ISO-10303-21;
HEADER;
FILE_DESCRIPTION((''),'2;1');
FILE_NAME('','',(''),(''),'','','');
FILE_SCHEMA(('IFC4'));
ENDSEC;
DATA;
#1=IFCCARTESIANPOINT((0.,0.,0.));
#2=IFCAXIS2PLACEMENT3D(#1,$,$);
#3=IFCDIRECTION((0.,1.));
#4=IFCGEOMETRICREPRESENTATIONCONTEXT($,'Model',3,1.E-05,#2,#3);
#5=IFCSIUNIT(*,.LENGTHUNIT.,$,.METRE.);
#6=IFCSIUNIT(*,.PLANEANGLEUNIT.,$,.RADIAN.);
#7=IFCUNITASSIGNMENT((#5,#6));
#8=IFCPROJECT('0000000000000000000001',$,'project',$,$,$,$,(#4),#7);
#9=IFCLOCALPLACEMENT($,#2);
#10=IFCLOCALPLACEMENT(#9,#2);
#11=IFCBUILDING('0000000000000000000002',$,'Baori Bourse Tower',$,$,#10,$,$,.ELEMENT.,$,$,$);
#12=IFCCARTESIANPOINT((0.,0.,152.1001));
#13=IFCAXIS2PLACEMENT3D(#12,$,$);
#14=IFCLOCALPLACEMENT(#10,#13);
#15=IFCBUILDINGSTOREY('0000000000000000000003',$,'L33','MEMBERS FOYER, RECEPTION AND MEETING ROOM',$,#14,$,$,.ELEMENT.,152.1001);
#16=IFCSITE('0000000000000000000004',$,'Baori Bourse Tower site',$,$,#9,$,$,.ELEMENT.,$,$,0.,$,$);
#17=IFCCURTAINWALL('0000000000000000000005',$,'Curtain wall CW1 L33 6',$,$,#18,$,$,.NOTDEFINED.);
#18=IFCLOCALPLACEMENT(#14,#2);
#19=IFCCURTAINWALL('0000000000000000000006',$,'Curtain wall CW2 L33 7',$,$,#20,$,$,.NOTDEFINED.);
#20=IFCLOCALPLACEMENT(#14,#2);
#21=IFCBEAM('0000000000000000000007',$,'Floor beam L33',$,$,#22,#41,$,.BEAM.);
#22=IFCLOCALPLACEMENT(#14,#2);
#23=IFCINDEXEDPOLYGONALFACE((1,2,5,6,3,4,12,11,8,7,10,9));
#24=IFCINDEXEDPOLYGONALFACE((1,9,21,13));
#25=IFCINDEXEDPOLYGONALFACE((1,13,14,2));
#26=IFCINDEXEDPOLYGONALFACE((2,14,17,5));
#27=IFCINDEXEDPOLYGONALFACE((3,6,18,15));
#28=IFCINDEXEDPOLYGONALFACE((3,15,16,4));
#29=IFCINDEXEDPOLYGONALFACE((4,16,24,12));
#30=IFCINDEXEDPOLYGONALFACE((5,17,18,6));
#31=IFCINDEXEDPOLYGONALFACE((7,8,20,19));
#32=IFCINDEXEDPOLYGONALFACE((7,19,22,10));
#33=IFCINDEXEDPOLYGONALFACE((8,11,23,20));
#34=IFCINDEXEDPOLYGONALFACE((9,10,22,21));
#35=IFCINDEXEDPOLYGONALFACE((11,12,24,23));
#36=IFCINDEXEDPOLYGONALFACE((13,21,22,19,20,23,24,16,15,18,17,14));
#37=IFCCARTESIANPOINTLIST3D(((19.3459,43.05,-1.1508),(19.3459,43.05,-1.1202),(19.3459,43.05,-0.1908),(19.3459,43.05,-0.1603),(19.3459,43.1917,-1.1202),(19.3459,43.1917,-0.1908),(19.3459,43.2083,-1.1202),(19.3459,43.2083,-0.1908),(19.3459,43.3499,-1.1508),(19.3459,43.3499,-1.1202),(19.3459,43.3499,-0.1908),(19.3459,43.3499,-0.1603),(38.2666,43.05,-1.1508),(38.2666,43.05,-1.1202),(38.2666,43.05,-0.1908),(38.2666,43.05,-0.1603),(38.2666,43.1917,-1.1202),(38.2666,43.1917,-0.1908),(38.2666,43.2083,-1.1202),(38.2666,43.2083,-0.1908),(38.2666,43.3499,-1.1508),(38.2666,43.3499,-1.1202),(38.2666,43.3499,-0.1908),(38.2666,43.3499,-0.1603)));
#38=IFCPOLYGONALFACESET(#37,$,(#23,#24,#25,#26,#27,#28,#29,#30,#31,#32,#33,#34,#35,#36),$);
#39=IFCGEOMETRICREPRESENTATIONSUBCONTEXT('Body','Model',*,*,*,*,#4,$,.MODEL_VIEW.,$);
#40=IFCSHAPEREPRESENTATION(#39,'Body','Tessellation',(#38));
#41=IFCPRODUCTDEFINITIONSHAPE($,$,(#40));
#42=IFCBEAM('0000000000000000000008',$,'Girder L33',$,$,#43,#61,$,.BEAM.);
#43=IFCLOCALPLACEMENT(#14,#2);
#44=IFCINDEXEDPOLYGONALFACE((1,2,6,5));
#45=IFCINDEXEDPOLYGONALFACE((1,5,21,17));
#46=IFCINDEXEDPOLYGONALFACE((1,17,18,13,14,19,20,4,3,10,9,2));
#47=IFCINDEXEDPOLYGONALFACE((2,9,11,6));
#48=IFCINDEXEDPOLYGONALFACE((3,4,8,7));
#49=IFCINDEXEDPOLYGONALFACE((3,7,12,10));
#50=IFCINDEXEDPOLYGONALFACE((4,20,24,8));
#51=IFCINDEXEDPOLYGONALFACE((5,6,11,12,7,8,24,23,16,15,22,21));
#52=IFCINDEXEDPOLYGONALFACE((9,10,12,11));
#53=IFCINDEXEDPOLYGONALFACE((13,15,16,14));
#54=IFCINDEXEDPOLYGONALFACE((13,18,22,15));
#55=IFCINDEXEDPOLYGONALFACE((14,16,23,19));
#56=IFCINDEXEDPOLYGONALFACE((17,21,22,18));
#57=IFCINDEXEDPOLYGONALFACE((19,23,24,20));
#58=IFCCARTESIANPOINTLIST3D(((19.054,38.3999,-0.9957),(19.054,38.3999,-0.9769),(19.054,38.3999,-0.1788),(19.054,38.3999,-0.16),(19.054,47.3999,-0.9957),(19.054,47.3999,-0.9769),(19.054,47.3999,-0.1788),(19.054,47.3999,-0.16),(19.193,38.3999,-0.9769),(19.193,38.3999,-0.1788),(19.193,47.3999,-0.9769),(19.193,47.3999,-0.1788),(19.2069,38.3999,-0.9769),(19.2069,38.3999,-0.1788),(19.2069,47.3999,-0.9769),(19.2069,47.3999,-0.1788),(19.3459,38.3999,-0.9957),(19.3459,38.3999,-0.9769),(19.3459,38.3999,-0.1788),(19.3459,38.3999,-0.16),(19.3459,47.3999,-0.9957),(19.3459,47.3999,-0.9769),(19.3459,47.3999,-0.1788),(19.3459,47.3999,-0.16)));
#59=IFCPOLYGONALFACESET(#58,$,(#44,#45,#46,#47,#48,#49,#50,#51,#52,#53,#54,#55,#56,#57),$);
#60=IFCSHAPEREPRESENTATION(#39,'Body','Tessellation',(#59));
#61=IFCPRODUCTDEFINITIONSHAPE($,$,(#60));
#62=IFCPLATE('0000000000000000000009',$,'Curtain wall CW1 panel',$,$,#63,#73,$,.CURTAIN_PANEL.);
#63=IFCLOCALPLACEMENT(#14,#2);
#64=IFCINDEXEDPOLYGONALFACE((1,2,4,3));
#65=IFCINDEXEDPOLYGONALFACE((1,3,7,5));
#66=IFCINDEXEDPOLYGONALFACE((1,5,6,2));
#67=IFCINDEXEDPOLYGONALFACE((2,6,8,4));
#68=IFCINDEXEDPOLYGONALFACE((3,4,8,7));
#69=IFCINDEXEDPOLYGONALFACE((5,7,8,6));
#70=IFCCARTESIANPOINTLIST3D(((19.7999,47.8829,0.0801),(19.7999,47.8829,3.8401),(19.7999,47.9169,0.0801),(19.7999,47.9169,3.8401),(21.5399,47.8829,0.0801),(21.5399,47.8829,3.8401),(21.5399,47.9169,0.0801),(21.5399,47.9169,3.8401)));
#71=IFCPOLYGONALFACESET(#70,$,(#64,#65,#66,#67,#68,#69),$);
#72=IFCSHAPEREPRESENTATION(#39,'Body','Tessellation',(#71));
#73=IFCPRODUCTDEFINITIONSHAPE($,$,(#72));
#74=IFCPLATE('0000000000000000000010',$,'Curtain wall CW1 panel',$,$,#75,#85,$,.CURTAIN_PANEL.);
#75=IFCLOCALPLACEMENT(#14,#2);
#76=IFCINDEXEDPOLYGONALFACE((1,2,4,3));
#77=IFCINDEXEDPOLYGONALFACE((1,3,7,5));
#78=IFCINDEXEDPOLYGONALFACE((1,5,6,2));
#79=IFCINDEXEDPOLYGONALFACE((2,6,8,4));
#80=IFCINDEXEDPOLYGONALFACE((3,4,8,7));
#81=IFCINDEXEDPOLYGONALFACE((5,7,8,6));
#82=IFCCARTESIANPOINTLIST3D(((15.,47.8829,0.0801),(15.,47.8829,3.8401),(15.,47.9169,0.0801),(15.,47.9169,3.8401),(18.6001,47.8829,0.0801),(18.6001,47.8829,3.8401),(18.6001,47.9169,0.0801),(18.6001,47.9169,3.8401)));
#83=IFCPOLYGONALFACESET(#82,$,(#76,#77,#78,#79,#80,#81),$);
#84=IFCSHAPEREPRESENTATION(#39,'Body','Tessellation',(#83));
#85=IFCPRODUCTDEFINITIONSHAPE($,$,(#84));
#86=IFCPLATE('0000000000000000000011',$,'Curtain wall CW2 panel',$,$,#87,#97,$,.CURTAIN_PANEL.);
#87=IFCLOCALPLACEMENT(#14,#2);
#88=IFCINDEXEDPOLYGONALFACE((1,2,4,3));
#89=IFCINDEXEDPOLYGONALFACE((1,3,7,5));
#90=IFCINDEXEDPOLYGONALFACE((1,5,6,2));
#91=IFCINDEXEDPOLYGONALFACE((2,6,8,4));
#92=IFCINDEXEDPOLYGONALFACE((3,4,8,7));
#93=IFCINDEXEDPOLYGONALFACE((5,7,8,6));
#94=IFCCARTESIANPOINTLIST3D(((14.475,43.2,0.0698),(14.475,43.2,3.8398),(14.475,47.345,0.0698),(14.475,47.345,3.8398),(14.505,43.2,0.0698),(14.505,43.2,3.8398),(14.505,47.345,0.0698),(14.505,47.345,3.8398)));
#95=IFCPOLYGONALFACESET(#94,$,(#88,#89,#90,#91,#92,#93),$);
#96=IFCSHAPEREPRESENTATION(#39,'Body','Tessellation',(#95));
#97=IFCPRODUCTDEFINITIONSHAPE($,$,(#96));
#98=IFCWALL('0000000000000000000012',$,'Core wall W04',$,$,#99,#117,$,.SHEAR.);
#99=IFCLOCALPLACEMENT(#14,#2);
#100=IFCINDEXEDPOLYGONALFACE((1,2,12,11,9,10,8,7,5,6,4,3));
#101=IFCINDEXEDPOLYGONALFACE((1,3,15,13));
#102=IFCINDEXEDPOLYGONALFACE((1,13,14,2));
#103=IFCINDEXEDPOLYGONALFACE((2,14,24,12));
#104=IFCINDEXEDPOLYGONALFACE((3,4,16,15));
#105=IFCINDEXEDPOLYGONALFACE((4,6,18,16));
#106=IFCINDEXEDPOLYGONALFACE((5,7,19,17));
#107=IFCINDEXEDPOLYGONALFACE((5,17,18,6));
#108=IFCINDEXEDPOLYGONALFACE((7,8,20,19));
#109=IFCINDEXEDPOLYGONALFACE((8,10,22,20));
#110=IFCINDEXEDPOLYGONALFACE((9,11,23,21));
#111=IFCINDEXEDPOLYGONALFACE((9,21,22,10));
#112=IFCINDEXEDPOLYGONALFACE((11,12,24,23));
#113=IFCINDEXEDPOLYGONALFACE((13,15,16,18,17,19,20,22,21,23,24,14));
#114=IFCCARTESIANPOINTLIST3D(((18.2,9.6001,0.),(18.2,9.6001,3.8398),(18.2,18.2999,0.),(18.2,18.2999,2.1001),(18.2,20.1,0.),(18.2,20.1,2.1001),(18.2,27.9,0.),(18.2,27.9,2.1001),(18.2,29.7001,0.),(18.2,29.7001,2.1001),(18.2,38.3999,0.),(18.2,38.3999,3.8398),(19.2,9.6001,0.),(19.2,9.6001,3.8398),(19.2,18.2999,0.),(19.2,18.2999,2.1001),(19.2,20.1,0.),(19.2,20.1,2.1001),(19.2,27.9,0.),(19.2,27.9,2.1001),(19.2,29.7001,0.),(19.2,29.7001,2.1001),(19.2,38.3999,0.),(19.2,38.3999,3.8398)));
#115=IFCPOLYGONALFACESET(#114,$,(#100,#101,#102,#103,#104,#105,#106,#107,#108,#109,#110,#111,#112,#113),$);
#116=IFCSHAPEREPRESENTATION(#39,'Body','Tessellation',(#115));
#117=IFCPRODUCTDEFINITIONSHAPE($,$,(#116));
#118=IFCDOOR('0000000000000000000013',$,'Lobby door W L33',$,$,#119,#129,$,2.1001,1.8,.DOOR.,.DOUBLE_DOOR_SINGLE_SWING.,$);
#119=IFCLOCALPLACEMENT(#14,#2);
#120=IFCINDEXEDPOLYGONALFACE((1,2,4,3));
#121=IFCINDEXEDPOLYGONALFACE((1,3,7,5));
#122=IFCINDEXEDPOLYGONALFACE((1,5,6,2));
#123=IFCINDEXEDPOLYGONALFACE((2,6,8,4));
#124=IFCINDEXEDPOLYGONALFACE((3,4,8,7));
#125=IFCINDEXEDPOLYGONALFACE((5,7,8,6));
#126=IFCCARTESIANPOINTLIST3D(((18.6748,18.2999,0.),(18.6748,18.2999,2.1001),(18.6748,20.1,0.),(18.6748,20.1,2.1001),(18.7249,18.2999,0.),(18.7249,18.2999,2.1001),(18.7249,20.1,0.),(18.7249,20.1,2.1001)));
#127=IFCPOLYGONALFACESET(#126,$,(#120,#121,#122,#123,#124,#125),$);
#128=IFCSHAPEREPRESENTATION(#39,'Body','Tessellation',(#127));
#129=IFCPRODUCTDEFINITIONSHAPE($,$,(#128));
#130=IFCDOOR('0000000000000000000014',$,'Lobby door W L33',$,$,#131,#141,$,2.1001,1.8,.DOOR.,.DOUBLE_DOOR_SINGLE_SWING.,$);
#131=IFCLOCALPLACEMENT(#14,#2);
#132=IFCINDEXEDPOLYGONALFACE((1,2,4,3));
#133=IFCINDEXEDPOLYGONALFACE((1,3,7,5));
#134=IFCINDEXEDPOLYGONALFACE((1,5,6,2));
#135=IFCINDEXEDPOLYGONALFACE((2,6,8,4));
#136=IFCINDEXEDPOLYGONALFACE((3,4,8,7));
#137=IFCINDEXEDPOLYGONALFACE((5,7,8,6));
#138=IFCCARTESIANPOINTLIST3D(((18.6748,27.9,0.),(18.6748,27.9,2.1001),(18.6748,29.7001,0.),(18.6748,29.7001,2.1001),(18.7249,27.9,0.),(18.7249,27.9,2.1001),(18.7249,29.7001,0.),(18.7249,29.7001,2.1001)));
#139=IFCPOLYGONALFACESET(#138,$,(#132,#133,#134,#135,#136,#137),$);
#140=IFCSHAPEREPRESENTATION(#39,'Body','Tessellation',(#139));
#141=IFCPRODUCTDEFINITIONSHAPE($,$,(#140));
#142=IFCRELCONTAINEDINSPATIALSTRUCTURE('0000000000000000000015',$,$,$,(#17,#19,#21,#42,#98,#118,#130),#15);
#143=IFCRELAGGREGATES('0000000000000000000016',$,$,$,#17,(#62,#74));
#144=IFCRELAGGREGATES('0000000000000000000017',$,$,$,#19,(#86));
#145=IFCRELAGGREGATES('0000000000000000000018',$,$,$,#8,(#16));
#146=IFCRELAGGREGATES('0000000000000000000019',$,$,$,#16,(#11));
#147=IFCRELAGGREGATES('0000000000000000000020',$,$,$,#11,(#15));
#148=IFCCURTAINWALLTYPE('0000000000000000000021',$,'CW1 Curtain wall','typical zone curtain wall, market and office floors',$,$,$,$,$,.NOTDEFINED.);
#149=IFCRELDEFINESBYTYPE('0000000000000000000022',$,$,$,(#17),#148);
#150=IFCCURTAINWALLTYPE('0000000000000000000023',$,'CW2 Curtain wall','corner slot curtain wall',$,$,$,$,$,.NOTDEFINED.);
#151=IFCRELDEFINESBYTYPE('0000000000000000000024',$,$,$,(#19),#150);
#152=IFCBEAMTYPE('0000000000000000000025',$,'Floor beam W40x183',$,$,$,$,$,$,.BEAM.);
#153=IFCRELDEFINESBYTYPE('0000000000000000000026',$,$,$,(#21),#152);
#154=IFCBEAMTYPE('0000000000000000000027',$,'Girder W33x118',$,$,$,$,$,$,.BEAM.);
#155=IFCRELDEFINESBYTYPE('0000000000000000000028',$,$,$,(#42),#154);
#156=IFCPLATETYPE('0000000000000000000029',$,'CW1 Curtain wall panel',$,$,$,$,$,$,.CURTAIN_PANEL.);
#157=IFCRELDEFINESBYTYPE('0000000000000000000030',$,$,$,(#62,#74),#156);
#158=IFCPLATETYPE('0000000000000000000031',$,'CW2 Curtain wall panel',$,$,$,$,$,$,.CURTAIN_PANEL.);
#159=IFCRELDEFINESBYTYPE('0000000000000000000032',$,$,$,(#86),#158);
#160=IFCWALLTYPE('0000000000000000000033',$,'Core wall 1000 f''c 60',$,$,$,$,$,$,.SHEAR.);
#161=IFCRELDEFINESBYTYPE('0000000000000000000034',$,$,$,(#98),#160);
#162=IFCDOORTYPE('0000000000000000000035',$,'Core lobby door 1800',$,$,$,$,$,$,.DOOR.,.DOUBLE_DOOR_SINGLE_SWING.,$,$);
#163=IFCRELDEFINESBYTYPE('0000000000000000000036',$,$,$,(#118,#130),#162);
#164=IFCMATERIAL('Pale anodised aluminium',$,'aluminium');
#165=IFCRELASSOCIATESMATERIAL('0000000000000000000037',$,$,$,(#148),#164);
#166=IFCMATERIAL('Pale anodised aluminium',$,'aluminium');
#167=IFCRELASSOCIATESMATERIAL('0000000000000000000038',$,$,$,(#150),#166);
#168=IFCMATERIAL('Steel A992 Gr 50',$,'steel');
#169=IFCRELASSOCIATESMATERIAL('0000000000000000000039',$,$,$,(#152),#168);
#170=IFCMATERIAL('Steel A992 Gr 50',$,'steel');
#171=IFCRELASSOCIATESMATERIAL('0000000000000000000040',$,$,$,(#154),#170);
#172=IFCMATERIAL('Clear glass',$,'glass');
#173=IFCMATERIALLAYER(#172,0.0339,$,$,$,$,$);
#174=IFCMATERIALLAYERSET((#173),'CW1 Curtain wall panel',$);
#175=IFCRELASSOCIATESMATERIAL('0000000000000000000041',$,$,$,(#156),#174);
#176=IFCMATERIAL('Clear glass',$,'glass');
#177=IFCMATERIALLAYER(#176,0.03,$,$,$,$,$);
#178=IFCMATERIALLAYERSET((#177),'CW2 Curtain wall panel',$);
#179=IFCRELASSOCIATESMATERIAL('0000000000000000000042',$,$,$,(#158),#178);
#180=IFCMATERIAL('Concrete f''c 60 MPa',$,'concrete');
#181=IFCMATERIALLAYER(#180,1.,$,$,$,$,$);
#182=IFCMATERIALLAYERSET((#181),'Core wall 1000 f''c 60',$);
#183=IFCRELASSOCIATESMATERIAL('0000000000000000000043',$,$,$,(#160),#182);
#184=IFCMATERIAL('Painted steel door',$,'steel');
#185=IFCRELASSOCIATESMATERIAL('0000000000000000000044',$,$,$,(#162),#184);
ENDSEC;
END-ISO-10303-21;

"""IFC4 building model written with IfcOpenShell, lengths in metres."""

from ifc_helpers import new_model, si_unit, direction, frame, frame_2d, origin, origin_2d, place, context, subcontext, project, spatial, rectangle, i_section, extrude, material, layer, layer_set, material_profile, profile_set, type_object, element, fill, aggregate, save


model = new_model("IFC4")

# Units and contexts
model_context = context("Model", 3, precision=1e-05, world=origin(), true_north=direction((0.0, 1.0)))
body_context = subcontext(model_context, "Body", "Model", "MODEL_VIEW")
ifc_project = project(units=[si_unit("LENGTHUNIT", "METRE"), si_unit("PLANEANGLEUNIT", "RADIAN")], contexts=[model_context])

# Site, building, storey
site_placement = place(None, origin())
site = spatial("IfcSite", under=ifc_project, at=site_placement, Name="Baori Bourse Tower site", CompositionType="ELEMENT", RefElevation=0.0)
building_placement = place(site_placement, origin())
building = spatial("IfcBuilding", under=site, at=building_placement, Name="Baori Bourse Tower", CompositionType="ELEMENT")
storey_placement = place(building_placement, frame((0.0, 0.0, 152.1001)))
storey = spatial("IfcBuildingStorey", under=building, at=storey_placement, Name="L33", Description="MEMBERS FOYER, RECEPTION AND MEETING ROOM", CompositionType="ELEMENT", Elevation=152.1001)

# Curtain walls
ifc_material_1 = material(Name="Pale anodised aluminium", Category="aluminium")
curtain_wall_type_1 = type_object("IfcCurtainWallType", Name="CW1 Curtain wall", Description="typical zone curtain wall, market and office floors", PredefinedType="NOTDEFINED", material=ifc_material_1)
curtain_wall_1_placement = place(storey_placement, origin())
curtain_wall_1 = element("IfcCurtainWall", 1, at=curtain_wall_1_placement, inside=storey, type_object=curtain_wall_type_1, Name="Curtain wall CW1 L33 6", PredefinedType="NOTDEFINED")
ifc_material_2 = material(Name="Pale anodised aluminium", Category="aluminium")
curtain_wall_type_2 = type_object("IfcCurtainWallType", Name="CW2 Curtain wall", Description="corner slot curtain wall", PredefinedType="NOTDEFINED", material=ifc_material_2)
curtain_wall_2_placement = place(storey_placement, origin())
curtain_wall_2 = element("IfcCurtainWall", 2, at=curtain_wall_2_placement, inside=storey, type_object=curtain_wall_type_2, Name="Curtain wall CW2 L33 7", PredefinedType="NOTDEFINED")

# Beams
ifc_material_3 = material(Name="Steel A992 Gr 50", Category="steel")
ifc_material_profile_1 = material_profile(ifc_material_3, i_section(OverallWidth=0.2998, OverallDepth=0.9905, WebThickness=0.0166, FlangeThickness=0.0305, at=origin_2d()), Name="W40x183")
ifc_profile_set_1 = profile_set([ifc_material_profile_1], Name="Steel A992 Gr 50")
beam_type_1 = type_object("IfcBeamType", Name="Floor beam W40x183", PredefinedType="BEAM", material=ifc_profile_set_1)
beam_1_placement = place(storey_placement, frame((19.3459, 43.2, -0.6555), z_axis=(1.0, 0.0, 0.0), x_axis=(0.0, 1.0, 0.0)))
element("IfcBeam", 3, at=beam_1_placement, inside=storey, type_object=beam_type_1, Name="Floor beam L33", PredefinedType="BEAM", context=body_context, shape_type="SweptSolid", body=[
    extrude(i_section(OverallWidth=0.2998, OverallDepth=0.9905, WebThickness=0.0166, FlangeThickness=0.0305, at=origin_2d()), origin(), (0.0, 0.0, 1.0), 18.9207),
])
ifc_material_4 = material(Name="Steel A992 Gr 50", Category="steel")
ifc_material_profile_2 = material_profile(ifc_material_4, i_section(OverallWidth=0.292, OverallDepth=0.8357, WebThickness=0.0139, FlangeThickness=0.0188, at=origin_2d()), Name="W33x118")
ifc_profile_set_2 = profile_set([ifc_material_profile_2], Name="Steel A992 Gr 50")
beam_type_2 = type_object("IfcBeamType", Name="Girder W33x118", PredefinedType="BEAM", material=ifc_profile_set_2)
beam_2_placement = place(storey_placement, frame((19.2, 38.3999, -0.5779), z_axis=(0.0, 1.0, 0.0), x_axis=(-1.0, 0.0, 0.0)))
element("IfcBeam", 4, at=beam_2_placement, inside=storey, type_object=beam_type_2, Name="Girder L33", PredefinedType="BEAM", context=body_context, shape_type="SweptSolid", body=[
    extrude(i_section(OverallWidth=0.292, OverallDepth=0.8357, WebThickness=0.0139, FlangeThickness=0.0188, at=origin_2d()), origin(), (0.0, 0.0, 1.0), 9.0),
])

# Plates
ifc_material_5 = material(Name="Clear glass", Category="glass")
ifc_layer_1 = layer(ifc_material_5, 0.0339)
ifc_layer_set_1 = layer_set([ifc_layer_1], Name="CW1 Curtain wall panel")
plate_type_1 = type_object("IfcPlateType", Name="CW1 Curtain wall panel", PredefinedType="CURTAIN_PANEL", material=ifc_layer_set_1)
plate_1_placement = place(storey_placement, frame((20.6699, 47.8999, 0.0801), z_axis=(0.0, 0.0, 1.0), x_axis=(-1.0, 0.0, 0.0)))
plate_1 = element("IfcPlate", 5, at=plate_1_placement, type_object=plate_type_1, Name="Curtain wall CW1 panel", PredefinedType="CURTAIN_PANEL", context=body_context, shape_type="SweptSolid", body=[
    extrude(rectangle(XDim=1.74, YDim=0.0339, at=origin_2d()), origin(), (0.0, 0.0, 1.0), 3.76),
])
plate_2_placement = place(storey_placement, frame((16.8, 47.8999, 0.0801), z_axis=(0.0, 0.0, 1.0), x_axis=(-1.0, 0.0, 0.0)))
plate_2 = element("IfcPlate", 6, at=plate_2_placement, type_object=plate_type_1, Name="Curtain wall CW1 panel", PredefinedType="CURTAIN_PANEL", context=body_context, shape_type="SweptSolid", body=[
    extrude(rectangle(XDim=3.6001, YDim=0.0339, at=origin_2d()), origin(), (0.0, 0.0, 1.0), 3.76),
])
aggregate(curtain_wall_1, [plate_1, plate_2])
ifc_material_6 = material(Name="Clear glass", Category="glass")
ifc_layer_2 = layer(ifc_material_6, 0.03)
ifc_layer_set_2 = layer_set([ifc_layer_2], Name="CW2 Curtain wall panel")
plate_type_2 = type_object("IfcPlateType", Name="CW2 Curtain wall panel", PredefinedType="CURTAIN_PANEL", material=ifc_layer_set_2)
plate_3_placement = place(storey_placement, frame((14.49, 45.2725, 0.0698), z_axis=(0.0, 0.0, 1.0), x_axis=(0.0, -1.0, 0.0)))
plate_3 = element("IfcPlate", 7, at=plate_3_placement, type_object=plate_type_2, Name="Curtain wall CW2 panel", PredefinedType="CURTAIN_PANEL", context=body_context, shape_type="SweptSolid", body=[
    extrude(rectangle(XDim=4.145, YDim=0.03, at=origin_2d()), origin(), (0.0, 0.0, 1.0), 3.77),
])
aggregate(curtain_wall_2, [plate_3])

# Wall, openings, doors
ifc_material_7 = material(Name="Concrete f'c 60 MPa", Category="concrete")
ifc_layer_3 = layer(ifc_material_7, 1.0)
ifc_layer_set_3 = layer_set([ifc_layer_3], Name="Core wall 1000 f'c 60")
wall_type_1 = type_object("IfcWallType", Name="Core wall 1000 f'c 60", PredefinedType="SHEAR", material=ifc_layer_set_3)
wall_1_placement = place(storey_placement, frame((18.7, 38.3999, 0.0), z_axis=(0.0, 0.0, 1.0), x_axis=(0.0, -1.0, 0.0)))
wall_1 = element("IfcWall", 8, at=wall_1_placement, inside=storey, type_object=wall_type_1, Name="Core wall W04", PredefinedType="SHEAR", context=body_context, shape_type="SweptSolid", body=[
    extrude(rectangle(XDim=28.7998, YDim=1.0, at=frame_2d((14.3999, 0.0))), origin(), (0.0, 0.0, 1.0), 3.8398),
])
opening_1_placement = place(wall_1_placement, frame((18.3, 0.0, 0.0)))
opening_1 = element("IfcOpeningElement", 9, at=opening_1_placement, cuts=wall_1, PredefinedType="OPENING", context=body_context, shape_type="SweptSolid", body=[
    extrude(rectangle(XDim=1.8, YDim=2.1001, at=frame_2d((0.8999, 1.05))), frame((0.0, 0.51, 0.0), z_axis=(0.0, -1.0, 0.0), x_axis=(1.0, 0.0, 0.0)), (0.0, 0.0, 1.0), 1.02),
])
opening_2_placement = place(wall_1_placement, frame((8.7, 0.0, 0.0)))
opening_2 = element("IfcOpeningElement", 10, at=opening_2_placement, cuts=wall_1, PredefinedType="OPENING", context=body_context, shape_type="SweptSolid", body=[
    extrude(rectangle(XDim=1.8, YDim=2.1001, at=frame_2d((0.8999, 1.05))), frame((0.0, 0.51, 0.0), z_axis=(0.0, -1.0, 0.0), x_axis=(1.0, 0.0, 0.0)), (0.0, 0.0, 1.0), 1.02),
])
ifc_material_8 = material(Name="Painted steel door", Category="steel")
door_type_1 = type_object("IfcDoorType", Name="Core lobby door 1800", OperationType="DOUBLE_DOOR_SINGLE_SWING", PredefinedType="DOOR", material=ifc_material_8)
door_1_placement = place(opening_1_placement, origin())
door_1 = element("IfcDoor", 11, at=door_1_placement, inside=storey, type_object=door_type_1, Name="Lobby door W L33", OperationType="DOUBLE_DOOR_SINGLE_SWING", OverallHeight=2.1001, OverallWidth=1.8, PredefinedType="DOOR", context=body_context, shape_type="SweptSolid", body=[
    extrude(rectangle(XDim=1.8, YDim=2.1001, at=frame_2d((0.8999, 1.05))), frame((0.0, 0.0249, 0.0), z_axis=(0.0, -1.0, 0.0), x_axis=(1.0, 0.0, 0.0)), (0.0, 0.0, 1.0), 0.05),
])
fill(opening_1, door_1)
door_2_placement = place(opening_2_placement, origin())
door_2 = element("IfcDoor", 12, at=door_2_placement, inside=storey, type_object=door_type_1, Name="Lobby door W L33", OperationType="DOUBLE_DOOR_SINGLE_SWING", OverallHeight=2.1001, OverallWidth=1.8, PredefinedType="DOOR", context=body_context, shape_type="SweptSolid", body=[
    extrude(rectangle(XDim=1.8, YDim=2.1001, at=frame_2d((0.8999, 1.05))), frame((0.0, 0.0249, 0.0), z_axis=(0.0, -1.0, 0.0), x_axis=(1.0, 0.0, 0.0)), (0.0, 0.0, 1.0), 0.05),
])
fill(opening_2, door_2)

save(model, "model.ifc")
